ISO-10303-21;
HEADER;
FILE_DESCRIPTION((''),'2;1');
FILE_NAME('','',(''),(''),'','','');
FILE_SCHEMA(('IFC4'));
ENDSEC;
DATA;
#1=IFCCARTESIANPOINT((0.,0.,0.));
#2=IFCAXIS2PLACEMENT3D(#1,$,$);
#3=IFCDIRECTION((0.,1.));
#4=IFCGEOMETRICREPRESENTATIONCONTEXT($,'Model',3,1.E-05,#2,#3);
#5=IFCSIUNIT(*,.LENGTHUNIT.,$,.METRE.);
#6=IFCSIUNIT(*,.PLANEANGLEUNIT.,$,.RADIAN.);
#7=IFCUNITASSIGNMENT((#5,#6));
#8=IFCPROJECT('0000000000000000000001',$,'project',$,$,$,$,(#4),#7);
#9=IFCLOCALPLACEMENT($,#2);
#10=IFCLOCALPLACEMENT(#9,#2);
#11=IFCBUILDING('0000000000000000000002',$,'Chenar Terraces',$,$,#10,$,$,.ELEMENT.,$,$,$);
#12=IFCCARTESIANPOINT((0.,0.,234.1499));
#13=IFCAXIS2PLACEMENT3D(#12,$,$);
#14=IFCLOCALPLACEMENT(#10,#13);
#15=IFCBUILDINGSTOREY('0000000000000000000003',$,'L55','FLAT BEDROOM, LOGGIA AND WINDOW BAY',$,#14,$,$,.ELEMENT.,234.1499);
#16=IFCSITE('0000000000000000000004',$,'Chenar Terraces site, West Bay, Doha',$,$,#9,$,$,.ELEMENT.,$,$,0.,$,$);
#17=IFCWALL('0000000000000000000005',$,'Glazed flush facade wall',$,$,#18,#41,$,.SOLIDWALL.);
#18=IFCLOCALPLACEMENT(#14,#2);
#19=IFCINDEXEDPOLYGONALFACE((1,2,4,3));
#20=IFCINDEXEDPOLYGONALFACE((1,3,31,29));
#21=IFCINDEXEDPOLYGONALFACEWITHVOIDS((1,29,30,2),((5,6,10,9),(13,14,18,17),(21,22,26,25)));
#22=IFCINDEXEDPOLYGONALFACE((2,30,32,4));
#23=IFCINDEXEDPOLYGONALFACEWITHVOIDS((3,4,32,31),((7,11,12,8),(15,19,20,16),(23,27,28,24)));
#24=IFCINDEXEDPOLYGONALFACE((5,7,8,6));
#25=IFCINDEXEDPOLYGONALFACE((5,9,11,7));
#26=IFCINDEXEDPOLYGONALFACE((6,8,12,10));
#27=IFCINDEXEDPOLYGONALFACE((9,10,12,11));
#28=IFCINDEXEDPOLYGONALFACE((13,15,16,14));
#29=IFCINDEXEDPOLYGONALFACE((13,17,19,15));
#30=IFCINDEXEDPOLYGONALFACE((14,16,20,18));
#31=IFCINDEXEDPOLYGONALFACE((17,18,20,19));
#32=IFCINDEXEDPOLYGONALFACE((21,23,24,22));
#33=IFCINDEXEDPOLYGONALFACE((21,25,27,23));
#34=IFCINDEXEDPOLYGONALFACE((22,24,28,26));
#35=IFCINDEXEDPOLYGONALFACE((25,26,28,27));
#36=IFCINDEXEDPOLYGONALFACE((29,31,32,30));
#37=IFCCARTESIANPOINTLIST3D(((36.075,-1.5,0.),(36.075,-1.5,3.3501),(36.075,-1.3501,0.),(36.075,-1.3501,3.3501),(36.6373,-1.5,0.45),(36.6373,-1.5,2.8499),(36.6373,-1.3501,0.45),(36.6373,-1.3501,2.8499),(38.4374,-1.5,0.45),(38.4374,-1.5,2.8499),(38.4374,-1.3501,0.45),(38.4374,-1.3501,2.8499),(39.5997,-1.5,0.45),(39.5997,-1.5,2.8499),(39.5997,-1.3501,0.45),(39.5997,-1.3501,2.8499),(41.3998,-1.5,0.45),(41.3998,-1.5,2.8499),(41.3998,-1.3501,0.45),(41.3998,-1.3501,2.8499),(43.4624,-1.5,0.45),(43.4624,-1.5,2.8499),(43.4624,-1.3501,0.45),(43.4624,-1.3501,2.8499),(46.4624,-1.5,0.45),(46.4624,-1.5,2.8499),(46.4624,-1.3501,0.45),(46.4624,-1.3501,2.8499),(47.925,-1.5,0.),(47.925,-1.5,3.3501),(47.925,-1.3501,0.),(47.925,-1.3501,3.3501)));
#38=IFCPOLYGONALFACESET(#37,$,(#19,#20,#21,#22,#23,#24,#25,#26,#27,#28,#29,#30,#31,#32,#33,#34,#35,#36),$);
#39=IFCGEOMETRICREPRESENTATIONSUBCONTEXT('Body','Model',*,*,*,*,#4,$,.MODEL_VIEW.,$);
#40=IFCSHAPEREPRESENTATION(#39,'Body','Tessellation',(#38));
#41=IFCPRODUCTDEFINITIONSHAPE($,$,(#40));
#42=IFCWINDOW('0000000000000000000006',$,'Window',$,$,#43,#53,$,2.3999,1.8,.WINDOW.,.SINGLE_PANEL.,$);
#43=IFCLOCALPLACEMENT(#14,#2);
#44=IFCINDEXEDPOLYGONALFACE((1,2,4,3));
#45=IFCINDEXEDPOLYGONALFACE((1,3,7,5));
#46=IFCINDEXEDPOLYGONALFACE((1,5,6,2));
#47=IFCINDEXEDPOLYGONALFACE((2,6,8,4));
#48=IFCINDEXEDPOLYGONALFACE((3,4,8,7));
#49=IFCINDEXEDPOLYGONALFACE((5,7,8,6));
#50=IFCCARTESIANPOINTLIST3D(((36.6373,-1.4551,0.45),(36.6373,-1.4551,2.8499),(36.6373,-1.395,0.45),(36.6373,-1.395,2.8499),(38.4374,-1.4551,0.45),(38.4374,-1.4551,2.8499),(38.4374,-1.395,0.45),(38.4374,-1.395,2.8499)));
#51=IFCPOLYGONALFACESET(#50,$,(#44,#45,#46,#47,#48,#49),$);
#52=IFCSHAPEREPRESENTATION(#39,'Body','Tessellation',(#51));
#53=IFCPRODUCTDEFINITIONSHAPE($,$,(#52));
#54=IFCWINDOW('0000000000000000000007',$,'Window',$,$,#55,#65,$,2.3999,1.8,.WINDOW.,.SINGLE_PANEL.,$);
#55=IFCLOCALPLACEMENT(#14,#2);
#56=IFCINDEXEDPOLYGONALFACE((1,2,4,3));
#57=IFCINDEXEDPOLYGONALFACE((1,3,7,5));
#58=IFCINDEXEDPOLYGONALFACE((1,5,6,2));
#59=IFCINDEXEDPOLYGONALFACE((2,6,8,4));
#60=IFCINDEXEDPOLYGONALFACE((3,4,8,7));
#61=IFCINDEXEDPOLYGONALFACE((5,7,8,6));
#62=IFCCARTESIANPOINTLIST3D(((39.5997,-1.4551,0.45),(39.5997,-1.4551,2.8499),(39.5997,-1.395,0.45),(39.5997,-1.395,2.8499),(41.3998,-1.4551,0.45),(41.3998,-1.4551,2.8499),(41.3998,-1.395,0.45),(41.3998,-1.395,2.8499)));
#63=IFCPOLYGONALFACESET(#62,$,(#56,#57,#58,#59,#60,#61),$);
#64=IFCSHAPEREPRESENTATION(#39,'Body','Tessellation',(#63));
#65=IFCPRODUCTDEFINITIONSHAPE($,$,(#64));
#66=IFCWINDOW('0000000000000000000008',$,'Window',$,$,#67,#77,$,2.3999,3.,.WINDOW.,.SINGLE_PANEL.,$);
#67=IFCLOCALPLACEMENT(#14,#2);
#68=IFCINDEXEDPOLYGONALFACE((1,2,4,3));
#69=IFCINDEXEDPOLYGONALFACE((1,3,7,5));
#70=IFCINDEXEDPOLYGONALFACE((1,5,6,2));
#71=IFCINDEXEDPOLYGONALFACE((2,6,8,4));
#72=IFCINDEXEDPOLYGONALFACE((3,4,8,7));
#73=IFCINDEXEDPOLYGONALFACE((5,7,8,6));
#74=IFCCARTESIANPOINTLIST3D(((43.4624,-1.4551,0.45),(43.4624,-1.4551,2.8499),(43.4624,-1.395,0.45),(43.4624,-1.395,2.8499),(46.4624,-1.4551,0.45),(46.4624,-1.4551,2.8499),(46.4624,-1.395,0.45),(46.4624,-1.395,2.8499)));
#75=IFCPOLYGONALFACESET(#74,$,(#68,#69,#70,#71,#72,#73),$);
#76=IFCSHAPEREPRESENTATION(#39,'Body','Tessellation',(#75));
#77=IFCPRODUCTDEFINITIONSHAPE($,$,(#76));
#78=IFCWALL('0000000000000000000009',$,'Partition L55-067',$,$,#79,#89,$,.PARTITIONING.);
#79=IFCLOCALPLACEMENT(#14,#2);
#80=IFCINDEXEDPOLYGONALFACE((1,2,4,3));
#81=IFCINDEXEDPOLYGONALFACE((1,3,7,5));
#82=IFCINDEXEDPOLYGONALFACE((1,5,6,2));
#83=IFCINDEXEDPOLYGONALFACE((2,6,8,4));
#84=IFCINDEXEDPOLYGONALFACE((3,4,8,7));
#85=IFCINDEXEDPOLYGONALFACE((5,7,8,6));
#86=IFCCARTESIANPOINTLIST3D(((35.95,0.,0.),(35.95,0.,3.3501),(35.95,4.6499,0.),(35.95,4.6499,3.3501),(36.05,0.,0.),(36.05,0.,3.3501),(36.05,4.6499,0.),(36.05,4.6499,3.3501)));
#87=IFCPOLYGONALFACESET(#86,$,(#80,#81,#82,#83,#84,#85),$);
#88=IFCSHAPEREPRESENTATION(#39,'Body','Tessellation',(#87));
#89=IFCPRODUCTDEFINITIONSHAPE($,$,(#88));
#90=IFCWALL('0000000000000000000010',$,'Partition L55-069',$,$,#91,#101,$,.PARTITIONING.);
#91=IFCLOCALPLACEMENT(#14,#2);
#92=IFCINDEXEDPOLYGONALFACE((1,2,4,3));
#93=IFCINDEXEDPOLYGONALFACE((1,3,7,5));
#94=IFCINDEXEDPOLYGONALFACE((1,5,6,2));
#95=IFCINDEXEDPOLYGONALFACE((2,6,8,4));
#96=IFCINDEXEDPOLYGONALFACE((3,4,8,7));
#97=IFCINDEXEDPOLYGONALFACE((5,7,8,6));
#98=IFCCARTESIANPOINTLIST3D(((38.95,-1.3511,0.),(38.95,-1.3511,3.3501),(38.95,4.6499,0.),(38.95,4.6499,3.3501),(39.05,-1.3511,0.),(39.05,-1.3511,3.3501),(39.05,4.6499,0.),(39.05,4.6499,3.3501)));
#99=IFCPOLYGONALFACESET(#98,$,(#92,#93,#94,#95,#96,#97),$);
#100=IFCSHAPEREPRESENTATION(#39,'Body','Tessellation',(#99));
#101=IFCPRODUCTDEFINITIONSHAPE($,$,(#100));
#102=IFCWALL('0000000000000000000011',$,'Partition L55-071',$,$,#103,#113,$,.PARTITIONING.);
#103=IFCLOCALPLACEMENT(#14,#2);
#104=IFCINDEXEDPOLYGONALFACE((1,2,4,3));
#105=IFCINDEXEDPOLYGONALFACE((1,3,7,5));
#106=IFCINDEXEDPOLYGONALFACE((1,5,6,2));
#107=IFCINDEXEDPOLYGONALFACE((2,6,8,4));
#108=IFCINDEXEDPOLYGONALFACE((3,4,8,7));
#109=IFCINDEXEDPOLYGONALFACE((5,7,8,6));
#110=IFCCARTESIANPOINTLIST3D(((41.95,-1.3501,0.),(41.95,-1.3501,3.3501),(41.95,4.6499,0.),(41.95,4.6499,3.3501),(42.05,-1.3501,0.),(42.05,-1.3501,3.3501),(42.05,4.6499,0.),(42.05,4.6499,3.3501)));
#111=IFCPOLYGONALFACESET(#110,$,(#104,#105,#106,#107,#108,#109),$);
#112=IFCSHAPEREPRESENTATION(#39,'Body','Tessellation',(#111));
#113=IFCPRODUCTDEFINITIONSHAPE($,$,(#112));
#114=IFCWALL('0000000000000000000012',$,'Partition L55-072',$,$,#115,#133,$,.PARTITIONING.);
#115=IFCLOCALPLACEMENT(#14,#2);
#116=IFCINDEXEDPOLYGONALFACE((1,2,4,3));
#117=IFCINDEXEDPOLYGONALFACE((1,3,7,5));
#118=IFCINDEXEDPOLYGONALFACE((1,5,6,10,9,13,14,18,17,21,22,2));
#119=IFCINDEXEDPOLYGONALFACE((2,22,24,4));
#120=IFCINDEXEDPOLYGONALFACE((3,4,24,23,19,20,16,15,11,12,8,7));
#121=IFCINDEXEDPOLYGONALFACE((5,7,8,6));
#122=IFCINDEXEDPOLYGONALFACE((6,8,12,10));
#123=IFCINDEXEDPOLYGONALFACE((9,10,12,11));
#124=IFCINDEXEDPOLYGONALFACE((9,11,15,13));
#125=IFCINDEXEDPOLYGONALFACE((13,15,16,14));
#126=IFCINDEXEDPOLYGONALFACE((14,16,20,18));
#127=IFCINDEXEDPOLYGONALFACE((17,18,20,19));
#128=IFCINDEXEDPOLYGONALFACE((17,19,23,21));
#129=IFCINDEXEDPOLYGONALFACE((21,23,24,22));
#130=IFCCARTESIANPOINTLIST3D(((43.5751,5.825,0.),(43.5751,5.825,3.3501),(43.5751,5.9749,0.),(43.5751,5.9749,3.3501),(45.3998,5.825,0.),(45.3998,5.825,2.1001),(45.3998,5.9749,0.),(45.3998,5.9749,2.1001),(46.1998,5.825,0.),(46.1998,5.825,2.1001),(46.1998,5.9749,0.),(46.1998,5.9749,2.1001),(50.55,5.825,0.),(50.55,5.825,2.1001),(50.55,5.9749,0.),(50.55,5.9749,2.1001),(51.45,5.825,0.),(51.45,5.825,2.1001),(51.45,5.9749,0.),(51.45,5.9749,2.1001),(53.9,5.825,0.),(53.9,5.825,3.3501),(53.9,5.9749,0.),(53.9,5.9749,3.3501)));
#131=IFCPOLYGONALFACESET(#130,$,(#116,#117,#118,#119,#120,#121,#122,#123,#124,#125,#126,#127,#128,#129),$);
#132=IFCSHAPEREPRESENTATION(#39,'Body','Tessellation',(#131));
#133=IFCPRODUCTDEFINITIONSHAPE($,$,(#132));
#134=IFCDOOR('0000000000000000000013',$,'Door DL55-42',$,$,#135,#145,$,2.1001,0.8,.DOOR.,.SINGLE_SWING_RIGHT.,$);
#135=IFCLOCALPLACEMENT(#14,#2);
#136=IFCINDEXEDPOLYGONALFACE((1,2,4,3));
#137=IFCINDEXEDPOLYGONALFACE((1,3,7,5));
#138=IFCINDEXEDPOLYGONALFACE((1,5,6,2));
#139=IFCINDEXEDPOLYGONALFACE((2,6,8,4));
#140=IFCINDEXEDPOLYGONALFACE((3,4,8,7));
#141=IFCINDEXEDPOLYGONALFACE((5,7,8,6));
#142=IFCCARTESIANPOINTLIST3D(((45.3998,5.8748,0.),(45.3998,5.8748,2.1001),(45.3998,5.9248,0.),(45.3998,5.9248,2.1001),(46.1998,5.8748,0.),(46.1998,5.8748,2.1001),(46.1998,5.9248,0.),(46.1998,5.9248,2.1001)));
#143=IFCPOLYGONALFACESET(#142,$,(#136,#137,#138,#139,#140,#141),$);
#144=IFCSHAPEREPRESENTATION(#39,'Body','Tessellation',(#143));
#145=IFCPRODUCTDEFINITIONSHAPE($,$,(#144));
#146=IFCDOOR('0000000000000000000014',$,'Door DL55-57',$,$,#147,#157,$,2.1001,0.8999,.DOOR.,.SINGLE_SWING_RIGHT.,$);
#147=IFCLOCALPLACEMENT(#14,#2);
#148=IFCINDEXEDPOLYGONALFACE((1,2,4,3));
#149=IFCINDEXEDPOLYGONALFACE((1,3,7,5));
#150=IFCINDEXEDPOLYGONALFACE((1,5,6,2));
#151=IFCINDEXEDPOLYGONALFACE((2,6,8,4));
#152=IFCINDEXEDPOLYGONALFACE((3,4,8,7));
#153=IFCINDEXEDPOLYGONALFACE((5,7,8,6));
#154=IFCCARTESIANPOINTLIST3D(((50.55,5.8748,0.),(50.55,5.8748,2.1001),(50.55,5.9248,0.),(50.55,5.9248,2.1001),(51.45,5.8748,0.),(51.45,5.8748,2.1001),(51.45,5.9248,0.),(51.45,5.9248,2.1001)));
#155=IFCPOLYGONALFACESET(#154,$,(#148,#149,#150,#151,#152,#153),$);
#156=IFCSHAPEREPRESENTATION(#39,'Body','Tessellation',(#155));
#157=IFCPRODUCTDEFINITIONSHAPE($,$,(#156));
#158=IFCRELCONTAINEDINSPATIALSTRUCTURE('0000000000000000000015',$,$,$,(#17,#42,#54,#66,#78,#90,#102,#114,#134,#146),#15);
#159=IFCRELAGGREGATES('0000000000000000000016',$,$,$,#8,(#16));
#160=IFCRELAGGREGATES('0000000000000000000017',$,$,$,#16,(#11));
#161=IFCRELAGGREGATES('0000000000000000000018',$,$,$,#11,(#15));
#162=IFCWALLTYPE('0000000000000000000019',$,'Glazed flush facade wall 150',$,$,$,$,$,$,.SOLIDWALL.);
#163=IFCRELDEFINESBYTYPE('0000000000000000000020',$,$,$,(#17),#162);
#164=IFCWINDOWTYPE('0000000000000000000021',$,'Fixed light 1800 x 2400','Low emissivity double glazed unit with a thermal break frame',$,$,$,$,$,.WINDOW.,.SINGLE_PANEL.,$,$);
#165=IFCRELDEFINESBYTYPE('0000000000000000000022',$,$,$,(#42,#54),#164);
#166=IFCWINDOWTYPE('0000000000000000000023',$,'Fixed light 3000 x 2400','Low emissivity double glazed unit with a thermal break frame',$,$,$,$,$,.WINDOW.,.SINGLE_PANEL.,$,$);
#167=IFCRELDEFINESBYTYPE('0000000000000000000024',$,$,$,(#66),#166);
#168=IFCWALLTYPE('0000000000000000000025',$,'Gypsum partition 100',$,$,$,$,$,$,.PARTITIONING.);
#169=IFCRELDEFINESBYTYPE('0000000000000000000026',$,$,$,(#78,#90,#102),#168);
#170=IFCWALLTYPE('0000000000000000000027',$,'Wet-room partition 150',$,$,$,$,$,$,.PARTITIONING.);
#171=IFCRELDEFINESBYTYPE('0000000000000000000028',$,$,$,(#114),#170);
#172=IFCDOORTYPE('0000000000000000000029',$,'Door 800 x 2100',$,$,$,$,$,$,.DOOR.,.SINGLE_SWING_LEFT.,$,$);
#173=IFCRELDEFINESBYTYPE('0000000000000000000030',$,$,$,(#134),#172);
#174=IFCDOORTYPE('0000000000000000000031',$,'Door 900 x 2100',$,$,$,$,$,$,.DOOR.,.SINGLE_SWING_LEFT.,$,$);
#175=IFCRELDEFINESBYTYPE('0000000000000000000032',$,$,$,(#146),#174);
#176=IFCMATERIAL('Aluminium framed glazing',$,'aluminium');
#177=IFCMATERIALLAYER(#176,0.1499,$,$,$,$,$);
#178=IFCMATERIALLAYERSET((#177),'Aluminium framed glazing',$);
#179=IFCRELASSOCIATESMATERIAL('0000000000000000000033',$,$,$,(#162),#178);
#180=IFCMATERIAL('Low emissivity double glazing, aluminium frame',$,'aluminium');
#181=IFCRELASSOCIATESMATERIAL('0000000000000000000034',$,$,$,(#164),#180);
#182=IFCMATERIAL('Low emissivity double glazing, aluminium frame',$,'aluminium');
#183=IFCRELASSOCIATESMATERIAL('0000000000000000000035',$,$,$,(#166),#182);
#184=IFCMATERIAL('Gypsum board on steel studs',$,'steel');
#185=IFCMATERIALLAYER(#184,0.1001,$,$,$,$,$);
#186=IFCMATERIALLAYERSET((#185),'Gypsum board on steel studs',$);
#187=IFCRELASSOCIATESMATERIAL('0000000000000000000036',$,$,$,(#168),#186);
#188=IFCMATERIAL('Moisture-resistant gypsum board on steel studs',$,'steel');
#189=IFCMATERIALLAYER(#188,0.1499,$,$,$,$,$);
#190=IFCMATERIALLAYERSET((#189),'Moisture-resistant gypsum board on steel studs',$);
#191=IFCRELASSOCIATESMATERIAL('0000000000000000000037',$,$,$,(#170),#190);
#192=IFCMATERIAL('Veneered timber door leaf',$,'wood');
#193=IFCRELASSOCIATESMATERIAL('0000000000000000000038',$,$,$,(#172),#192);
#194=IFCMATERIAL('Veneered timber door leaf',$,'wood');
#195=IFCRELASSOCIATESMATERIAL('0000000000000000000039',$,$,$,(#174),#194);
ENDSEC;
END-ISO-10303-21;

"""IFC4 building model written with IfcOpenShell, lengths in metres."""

from ifc_helpers import new_model, si_unit, direction, frame, frame_2d, origin, place, context, subcontext, project, spatial, rectangle, extrude, material, layer, layer_set, type_object, element, fill, save


model = new_model("IFC4")

# Units and contexts
model_context = context("Model", 3, precision=1e-05, world=origin(), true_north=direction((0.0, 1.0)))
body_context = subcontext(model_context, "Body", "Model", "MODEL_VIEW")
ifc_project = project(units=[si_unit("LENGTHUNIT", "METRE"), si_unit("PLANEANGLEUNIT", "RADIAN")], contexts=[model_context])

# Site, building, storey
site_placement = place(None, origin())
site = spatial("IfcSite", under=ifc_project, at=site_placement, Name="Chenar Terraces site, West Bay, Doha", CompositionType="ELEMENT", RefElevation=0.0)
building_placement = place(site_placement, origin())
building = spatial("IfcBuilding", under=site, at=building_placement, Name="Chenar Terraces", CompositionType="ELEMENT")
storey_placement = place(building_placement, frame((0.0, 0.0, 234.1499)))
storey = spatial("IfcBuildingStorey", under=building, at=storey_placement, Name="L55", Description="FLAT BEDROOM, LOGGIA AND WINDOW BAY", CompositionType="ELEMENT", Elevation=234.1499)

# Wall, openings, windows
ifc_material_1 = material(Name="Aluminium framed glazing", Category="aluminium")
ifc_layer_1 = layer(ifc_material_1, 0.1499)
ifc_layer_set_1 = layer_set([ifc_layer_1], Name="Aluminium framed glazing")
wall_type_1 = type_object("IfcWallType", Name="Glazed flush facade wall 150", PredefinedType="SOLIDWALL", material=ifc_layer_set_1)
wall_1_placement = place(storey_placement, frame((36.075, -1.425, 0.0), z_axis=(0.0, 0.0, 1.0), x_axis=(1.0, 0.0, 0.0)))
wall_1 = element("IfcWall", 1, at=wall_1_placement, inside=storey, type_object=wall_type_1, Name="Glazed flush facade wall", PredefinedType="SOLIDWALL", context=body_context, shape_type="SweptSolid", body=[
    extrude(rectangle(XDim=11.8501, YDim=0.1499, at=frame_2d((5.925, 0.0))), origin(), (0.0, 0.0, 1.0), 3.3501),
])
opening_1_placement = place(wall_1_placement, frame((0.5625, 0.0, 0.45)))
opening_1 = element("IfcOpeningElement", 2, at=opening_1_placement, cuts=wall_1, PredefinedType="OPENING", context=body_context, shape_type="SweptSolid", body=[
    extrude(rectangle(XDim=1.8, YDim=2.3999, at=frame_2d((0.8999, 1.2))), frame((0.0, 0.085, 0.0), z_axis=(0.0, -1.0, 0.0), x_axis=(1.0, 0.0, 0.0)), (0.0, 0.0, 1.0), 0.1699),
])
opening_2_placement = place(wall_1_placement, frame((3.5249, 0.0, 0.45)))
opening_2 = element("IfcOpeningElement", 3, at=opening_2_placement, cuts=wall_1, PredefinedType="OPENING", context=body_context, shape_type="SweptSolid", body=[
    extrude(rectangle(XDim=1.8, YDim=2.3999, at=frame_2d((0.8999, 1.2))), frame((0.0, 0.085, 0.0), z_axis=(0.0, -1.0, 0.0), x_axis=(1.0, 0.0, 0.0)), (0.0, 0.0, 1.0), 0.1699),
])
opening_3_placement = place(wall_1_placement, frame((7.3875, 0.0, 0.45)))
opening_3 = element("IfcOpeningElement", 4, at=opening_3_placement, cuts=wall_1, PredefinedType="OPENING", context=body_context, shape_type="SweptSolid", body=[
    extrude(rectangle(XDim=3.0, YDim=2.3999, at=frame_2d((1.5, 1.2))), frame((0.0, 0.085, 0.0), z_axis=(0.0, -1.0, 0.0), x_axis=(1.0, 0.0, 0.0)), (0.0, 0.0, 1.0), 0.1699),
])
ifc_material_2 = material(Name="Low emissivity double glazing, aluminium frame", Category="aluminium")
window_type_1 = type_object("IfcWindowType", Name="Fixed light 1800 x 2400", Description="Low emissivity double glazed unit with a thermal break frame", PartitioningType="SINGLE_PANEL", PredefinedType="WINDOW", material=ifc_material_2)
window_1_placement = place(opening_1_placement, origin())
window_1 = element("IfcWindow", 5, at=window_1_placement, inside=storey, type_object=window_type_1, Name="Window", OverallHeight=2.3999, OverallWidth=1.8, PartitioningType="SINGLE_PANEL", PredefinedType="WINDOW", context=body_context, shape_type="SweptSolid", body=[
    extrude(rectangle(XDim=1.8, YDim=2.3999, at=frame_2d((0.8999, 1.2))), frame((0.0, 0.03, 0.0), z_axis=(0.0, -1.0, 0.0), x_axis=(1.0, 0.0, 0.0)), (0.0, 0.0, 1.0), 0.0601),
])
fill(opening_1, window_1)
window_2_placement = place(opening_2_placement, origin())
window_2 = element("IfcWindow", 6, at=window_2_placement, inside=storey, type_object=window_type_1, Name="Window", OverallHeight=2.3999, OverallWidth=1.8, PartitioningType="SINGLE_PANEL", PredefinedType="WINDOW", context=body_context, shape_type="SweptSolid", body=[
    extrude(rectangle(XDim=1.8, YDim=2.3999, at=frame_2d((0.8999, 1.2))), frame((0.0, 0.03, 0.0), z_axis=(0.0, -1.0, 0.0), x_axis=(1.0, 0.0, 0.0)), (0.0, 0.0, 1.0), 0.0601),
])
fill(opening_2, window_2)
ifc_material_3 = material(Name="Low emissivity double glazing, aluminium frame", Category="aluminium")
window_type_2 = type_object("IfcWindowType", Name="Fixed light 3000 x 2400", Description="Low emissivity double glazed unit with a thermal break frame", PartitioningType="SINGLE_PANEL", PredefinedType="WINDOW", material=ifc_material_3)
window_3_placement = place(opening_3_placement, origin())
window_3 = element("IfcWindow", 7, at=window_3_placement, inside=storey, type_object=window_type_2, Name="Window", OverallHeight=2.3999, OverallWidth=3.0, PartitioningType="SINGLE_PANEL", PredefinedType="WINDOW", context=body_context, shape_type="SweptSolid", body=[
    extrude(rectangle(XDim=3.0, YDim=2.3999, at=frame_2d((1.5, 1.2))), frame((0.0, 0.03, 0.0), z_axis=(0.0, -1.0, 0.0), x_axis=(1.0, 0.0, 0.0)), (0.0, 0.0, 1.0), 0.0601),
])
fill(opening_3, window_3)

# Walls
ifc_material_4 = material(Name="Gypsum board on steel studs", Category="steel")
ifc_layer_2 = layer(ifc_material_4, 0.1001)
ifc_layer_set_2 = layer_set([ifc_layer_2], Name="Gypsum board on steel studs")
wall_type_2 = type_object("IfcWallType", Name="Gypsum partition 100", PredefinedType="PARTITIONING", material=ifc_layer_set_2)
wall_2_placement = place(storey_placement, frame((36.0, 0.0, 0.0), z_axis=(0.0, 0.0, 1.0), x_axis=(0.0, 1.0, 0.0)))
element("IfcWall", 8, at=wall_2_placement, inside=storey, type_object=wall_type_2, Name="Partition L55-067", PredefinedType="PARTITIONING", context=body_context, shape_type="SweptSolid", body=[
    extrude(rectangle(XDim=4.6499, YDim=0.1001, at=frame_2d((2.325, 0.0))), origin(), (0.0, 0.0, 1.0), 3.3501),
])
wall_3_placement = place(storey_placement, frame((39.0, -1.3511, 0.0), z_axis=(0.0, 0.0, 1.0), x_axis=(0.0, 1.0, 0.0)))
element("IfcWall", 9, at=wall_3_placement, inside=storey, type_object=wall_type_2, Name="Partition L55-069", PredefinedType="PARTITIONING", context=body_context, shape_type="SweptSolid", body=[
    extrude(rectangle(XDim=6.001, YDim=0.1001, at=frame_2d((3.0005, 0.0))), origin(), (0.0, 0.0, 1.0), 3.3501),
])
wall_4_placement = place(storey_placement, frame((42.0, -1.3501, 0.0), z_axis=(0.0, 0.0, 1.0), x_axis=(0.0, 1.0, 0.0)))
element("IfcWall", 10, at=wall_4_placement, inside=storey, type_object=wall_type_2, Name="Partition L55-071", PredefinedType="PARTITIONING", context=body_context, shape_type="SweptSolid", body=[
    extrude(rectangle(XDim=6.0, YDim=0.1001, at=frame_2d((3.0, 0.0))), origin(), (0.0, 0.0, 1.0), 3.3501),
])

# Wall, openings, doors
ifc_material_5 = material(Name="Moisture-resistant gypsum board on steel studs", Category="steel")
ifc_layer_3 = layer(ifc_material_5, 0.1499)
ifc_layer_set_3 = layer_set([ifc_layer_3], Name="Moisture-resistant gypsum board on steel studs")
wall_type_3 = type_object("IfcWallType", Name="Wet-room partition 150", PredefinedType="PARTITIONING", material=ifc_layer_set_3)
wall_5_placement = place(storey_placement, frame((43.575, 5.8999, 0.0), z_axis=(0.0, 0.0, 1.0), x_axis=(1.0, 0.0, 0.0)))
wall_5 = element("IfcWall", 11, at=wall_5_placement, inside=storey, type_object=wall_type_3, Name="Partition L55-072", PredefinedType="PARTITIONING", context=body_context, shape_type="SweptSolid", body=[
    extrude(rectangle(XDim=10.325, YDim=0.1499, at=frame_2d((5.1626, 0.0))), origin(), (0.0, 0.0, 1.0), 3.3501),
])
opening_4_placement = place(wall_5_placement, frame((1.825, 0.0, 0.0)))
opening_4 = element("IfcOpeningElement", 12, at=opening_4_placement, cuts=wall_5, PredefinedType="OPENING", context=body_context, shape_type="SweptSolid", body=[
    extrude(rectangle(XDim=0.8, YDim=2.1001, at=frame_2d((0.3999, 1.05))), frame((0.0, 0.085, 0.0), z_axis=(0.0, -1.0, 0.0), x_axis=(1.0, 0.0, 0.0)), (0.0, 0.0, 1.0), 0.1699),
])
opening_5_placement = place(wall_5_placement, frame((6.9751, 0.0, 0.0)))
opening_5 = element("IfcOpeningElement", 13, at=opening_5_placement, cuts=wall_5, PredefinedType="OPENING", context=body_context, shape_type="SweptSolid", body=[
    extrude(rectangle(XDim=0.8999, YDim=2.1001, at=frame_2d((0.45, 1.05))), frame((0.0, 0.085, 0.0), z_axis=(0.0, -1.0, 0.0), x_axis=(1.0, 0.0, 0.0)), (0.0, 0.0, 1.0), 0.1699),
])
ifc_material_6 = material(Name="Veneered timber door leaf", Category="wood")
door_type_1 = type_object("IfcDoorType", Name="Door 800 x 2100", OperationType="SINGLE_SWING_LEFT", PredefinedType="DOOR", material=ifc_material_6)
door_1_placement = place(opening_4_placement, origin())
door_1 = element("IfcDoor", 14, at=door_1_placement, inside=storey, type_object=door_type_1, Name="Door DL55-42", OperationType="SINGLE_SWING_RIGHT", OverallHeight=2.1001, OverallWidth=0.8, PredefinedType="DOOR", context=body_context, shape_type="SweptSolid", body=[
    extrude(rectangle(XDim=0.8, YDim=2.1001, at=frame_2d((0.3999, 1.05))), frame((0.0, 0.0249, 0.0), z_axis=(0.0, -1.0, 0.0), x_axis=(1.0, 0.0, 0.0)), (0.0, 0.0, 1.0), 0.05),
])
fill(opening_4, door_1)
ifc_material_7 = material(Name="Veneered timber door leaf", Category="wood")
door_type_2 = type_object("IfcDoorType", Name="Door 900 x 2100", OperationType="SINGLE_SWING_LEFT", PredefinedType="DOOR", material=ifc_material_7)
door_2_placement = place(opening_5_placement, origin())
door_2 = element("IfcDoor", 15, at=door_2_placement, inside=storey, type_object=door_type_2, Name="Door DL55-57", OperationType="SINGLE_SWING_RIGHT", OverallHeight=2.1001, OverallWidth=0.8999, PredefinedType="DOOR", context=body_context, shape_type="SweptSolid", body=[
    extrude(rectangle(XDim=0.8999, YDim=2.1001, at=frame_2d((0.45, 1.05))), frame((0.0, 0.0249, 0.0), z_axis=(0.0, -1.0, 0.0), x_axis=(1.0, 0.0, 0.0)), (0.0, 0.0, 1.0), 0.05),
])
fill(opening_5, door_2)

save(model, "model.ifc")
